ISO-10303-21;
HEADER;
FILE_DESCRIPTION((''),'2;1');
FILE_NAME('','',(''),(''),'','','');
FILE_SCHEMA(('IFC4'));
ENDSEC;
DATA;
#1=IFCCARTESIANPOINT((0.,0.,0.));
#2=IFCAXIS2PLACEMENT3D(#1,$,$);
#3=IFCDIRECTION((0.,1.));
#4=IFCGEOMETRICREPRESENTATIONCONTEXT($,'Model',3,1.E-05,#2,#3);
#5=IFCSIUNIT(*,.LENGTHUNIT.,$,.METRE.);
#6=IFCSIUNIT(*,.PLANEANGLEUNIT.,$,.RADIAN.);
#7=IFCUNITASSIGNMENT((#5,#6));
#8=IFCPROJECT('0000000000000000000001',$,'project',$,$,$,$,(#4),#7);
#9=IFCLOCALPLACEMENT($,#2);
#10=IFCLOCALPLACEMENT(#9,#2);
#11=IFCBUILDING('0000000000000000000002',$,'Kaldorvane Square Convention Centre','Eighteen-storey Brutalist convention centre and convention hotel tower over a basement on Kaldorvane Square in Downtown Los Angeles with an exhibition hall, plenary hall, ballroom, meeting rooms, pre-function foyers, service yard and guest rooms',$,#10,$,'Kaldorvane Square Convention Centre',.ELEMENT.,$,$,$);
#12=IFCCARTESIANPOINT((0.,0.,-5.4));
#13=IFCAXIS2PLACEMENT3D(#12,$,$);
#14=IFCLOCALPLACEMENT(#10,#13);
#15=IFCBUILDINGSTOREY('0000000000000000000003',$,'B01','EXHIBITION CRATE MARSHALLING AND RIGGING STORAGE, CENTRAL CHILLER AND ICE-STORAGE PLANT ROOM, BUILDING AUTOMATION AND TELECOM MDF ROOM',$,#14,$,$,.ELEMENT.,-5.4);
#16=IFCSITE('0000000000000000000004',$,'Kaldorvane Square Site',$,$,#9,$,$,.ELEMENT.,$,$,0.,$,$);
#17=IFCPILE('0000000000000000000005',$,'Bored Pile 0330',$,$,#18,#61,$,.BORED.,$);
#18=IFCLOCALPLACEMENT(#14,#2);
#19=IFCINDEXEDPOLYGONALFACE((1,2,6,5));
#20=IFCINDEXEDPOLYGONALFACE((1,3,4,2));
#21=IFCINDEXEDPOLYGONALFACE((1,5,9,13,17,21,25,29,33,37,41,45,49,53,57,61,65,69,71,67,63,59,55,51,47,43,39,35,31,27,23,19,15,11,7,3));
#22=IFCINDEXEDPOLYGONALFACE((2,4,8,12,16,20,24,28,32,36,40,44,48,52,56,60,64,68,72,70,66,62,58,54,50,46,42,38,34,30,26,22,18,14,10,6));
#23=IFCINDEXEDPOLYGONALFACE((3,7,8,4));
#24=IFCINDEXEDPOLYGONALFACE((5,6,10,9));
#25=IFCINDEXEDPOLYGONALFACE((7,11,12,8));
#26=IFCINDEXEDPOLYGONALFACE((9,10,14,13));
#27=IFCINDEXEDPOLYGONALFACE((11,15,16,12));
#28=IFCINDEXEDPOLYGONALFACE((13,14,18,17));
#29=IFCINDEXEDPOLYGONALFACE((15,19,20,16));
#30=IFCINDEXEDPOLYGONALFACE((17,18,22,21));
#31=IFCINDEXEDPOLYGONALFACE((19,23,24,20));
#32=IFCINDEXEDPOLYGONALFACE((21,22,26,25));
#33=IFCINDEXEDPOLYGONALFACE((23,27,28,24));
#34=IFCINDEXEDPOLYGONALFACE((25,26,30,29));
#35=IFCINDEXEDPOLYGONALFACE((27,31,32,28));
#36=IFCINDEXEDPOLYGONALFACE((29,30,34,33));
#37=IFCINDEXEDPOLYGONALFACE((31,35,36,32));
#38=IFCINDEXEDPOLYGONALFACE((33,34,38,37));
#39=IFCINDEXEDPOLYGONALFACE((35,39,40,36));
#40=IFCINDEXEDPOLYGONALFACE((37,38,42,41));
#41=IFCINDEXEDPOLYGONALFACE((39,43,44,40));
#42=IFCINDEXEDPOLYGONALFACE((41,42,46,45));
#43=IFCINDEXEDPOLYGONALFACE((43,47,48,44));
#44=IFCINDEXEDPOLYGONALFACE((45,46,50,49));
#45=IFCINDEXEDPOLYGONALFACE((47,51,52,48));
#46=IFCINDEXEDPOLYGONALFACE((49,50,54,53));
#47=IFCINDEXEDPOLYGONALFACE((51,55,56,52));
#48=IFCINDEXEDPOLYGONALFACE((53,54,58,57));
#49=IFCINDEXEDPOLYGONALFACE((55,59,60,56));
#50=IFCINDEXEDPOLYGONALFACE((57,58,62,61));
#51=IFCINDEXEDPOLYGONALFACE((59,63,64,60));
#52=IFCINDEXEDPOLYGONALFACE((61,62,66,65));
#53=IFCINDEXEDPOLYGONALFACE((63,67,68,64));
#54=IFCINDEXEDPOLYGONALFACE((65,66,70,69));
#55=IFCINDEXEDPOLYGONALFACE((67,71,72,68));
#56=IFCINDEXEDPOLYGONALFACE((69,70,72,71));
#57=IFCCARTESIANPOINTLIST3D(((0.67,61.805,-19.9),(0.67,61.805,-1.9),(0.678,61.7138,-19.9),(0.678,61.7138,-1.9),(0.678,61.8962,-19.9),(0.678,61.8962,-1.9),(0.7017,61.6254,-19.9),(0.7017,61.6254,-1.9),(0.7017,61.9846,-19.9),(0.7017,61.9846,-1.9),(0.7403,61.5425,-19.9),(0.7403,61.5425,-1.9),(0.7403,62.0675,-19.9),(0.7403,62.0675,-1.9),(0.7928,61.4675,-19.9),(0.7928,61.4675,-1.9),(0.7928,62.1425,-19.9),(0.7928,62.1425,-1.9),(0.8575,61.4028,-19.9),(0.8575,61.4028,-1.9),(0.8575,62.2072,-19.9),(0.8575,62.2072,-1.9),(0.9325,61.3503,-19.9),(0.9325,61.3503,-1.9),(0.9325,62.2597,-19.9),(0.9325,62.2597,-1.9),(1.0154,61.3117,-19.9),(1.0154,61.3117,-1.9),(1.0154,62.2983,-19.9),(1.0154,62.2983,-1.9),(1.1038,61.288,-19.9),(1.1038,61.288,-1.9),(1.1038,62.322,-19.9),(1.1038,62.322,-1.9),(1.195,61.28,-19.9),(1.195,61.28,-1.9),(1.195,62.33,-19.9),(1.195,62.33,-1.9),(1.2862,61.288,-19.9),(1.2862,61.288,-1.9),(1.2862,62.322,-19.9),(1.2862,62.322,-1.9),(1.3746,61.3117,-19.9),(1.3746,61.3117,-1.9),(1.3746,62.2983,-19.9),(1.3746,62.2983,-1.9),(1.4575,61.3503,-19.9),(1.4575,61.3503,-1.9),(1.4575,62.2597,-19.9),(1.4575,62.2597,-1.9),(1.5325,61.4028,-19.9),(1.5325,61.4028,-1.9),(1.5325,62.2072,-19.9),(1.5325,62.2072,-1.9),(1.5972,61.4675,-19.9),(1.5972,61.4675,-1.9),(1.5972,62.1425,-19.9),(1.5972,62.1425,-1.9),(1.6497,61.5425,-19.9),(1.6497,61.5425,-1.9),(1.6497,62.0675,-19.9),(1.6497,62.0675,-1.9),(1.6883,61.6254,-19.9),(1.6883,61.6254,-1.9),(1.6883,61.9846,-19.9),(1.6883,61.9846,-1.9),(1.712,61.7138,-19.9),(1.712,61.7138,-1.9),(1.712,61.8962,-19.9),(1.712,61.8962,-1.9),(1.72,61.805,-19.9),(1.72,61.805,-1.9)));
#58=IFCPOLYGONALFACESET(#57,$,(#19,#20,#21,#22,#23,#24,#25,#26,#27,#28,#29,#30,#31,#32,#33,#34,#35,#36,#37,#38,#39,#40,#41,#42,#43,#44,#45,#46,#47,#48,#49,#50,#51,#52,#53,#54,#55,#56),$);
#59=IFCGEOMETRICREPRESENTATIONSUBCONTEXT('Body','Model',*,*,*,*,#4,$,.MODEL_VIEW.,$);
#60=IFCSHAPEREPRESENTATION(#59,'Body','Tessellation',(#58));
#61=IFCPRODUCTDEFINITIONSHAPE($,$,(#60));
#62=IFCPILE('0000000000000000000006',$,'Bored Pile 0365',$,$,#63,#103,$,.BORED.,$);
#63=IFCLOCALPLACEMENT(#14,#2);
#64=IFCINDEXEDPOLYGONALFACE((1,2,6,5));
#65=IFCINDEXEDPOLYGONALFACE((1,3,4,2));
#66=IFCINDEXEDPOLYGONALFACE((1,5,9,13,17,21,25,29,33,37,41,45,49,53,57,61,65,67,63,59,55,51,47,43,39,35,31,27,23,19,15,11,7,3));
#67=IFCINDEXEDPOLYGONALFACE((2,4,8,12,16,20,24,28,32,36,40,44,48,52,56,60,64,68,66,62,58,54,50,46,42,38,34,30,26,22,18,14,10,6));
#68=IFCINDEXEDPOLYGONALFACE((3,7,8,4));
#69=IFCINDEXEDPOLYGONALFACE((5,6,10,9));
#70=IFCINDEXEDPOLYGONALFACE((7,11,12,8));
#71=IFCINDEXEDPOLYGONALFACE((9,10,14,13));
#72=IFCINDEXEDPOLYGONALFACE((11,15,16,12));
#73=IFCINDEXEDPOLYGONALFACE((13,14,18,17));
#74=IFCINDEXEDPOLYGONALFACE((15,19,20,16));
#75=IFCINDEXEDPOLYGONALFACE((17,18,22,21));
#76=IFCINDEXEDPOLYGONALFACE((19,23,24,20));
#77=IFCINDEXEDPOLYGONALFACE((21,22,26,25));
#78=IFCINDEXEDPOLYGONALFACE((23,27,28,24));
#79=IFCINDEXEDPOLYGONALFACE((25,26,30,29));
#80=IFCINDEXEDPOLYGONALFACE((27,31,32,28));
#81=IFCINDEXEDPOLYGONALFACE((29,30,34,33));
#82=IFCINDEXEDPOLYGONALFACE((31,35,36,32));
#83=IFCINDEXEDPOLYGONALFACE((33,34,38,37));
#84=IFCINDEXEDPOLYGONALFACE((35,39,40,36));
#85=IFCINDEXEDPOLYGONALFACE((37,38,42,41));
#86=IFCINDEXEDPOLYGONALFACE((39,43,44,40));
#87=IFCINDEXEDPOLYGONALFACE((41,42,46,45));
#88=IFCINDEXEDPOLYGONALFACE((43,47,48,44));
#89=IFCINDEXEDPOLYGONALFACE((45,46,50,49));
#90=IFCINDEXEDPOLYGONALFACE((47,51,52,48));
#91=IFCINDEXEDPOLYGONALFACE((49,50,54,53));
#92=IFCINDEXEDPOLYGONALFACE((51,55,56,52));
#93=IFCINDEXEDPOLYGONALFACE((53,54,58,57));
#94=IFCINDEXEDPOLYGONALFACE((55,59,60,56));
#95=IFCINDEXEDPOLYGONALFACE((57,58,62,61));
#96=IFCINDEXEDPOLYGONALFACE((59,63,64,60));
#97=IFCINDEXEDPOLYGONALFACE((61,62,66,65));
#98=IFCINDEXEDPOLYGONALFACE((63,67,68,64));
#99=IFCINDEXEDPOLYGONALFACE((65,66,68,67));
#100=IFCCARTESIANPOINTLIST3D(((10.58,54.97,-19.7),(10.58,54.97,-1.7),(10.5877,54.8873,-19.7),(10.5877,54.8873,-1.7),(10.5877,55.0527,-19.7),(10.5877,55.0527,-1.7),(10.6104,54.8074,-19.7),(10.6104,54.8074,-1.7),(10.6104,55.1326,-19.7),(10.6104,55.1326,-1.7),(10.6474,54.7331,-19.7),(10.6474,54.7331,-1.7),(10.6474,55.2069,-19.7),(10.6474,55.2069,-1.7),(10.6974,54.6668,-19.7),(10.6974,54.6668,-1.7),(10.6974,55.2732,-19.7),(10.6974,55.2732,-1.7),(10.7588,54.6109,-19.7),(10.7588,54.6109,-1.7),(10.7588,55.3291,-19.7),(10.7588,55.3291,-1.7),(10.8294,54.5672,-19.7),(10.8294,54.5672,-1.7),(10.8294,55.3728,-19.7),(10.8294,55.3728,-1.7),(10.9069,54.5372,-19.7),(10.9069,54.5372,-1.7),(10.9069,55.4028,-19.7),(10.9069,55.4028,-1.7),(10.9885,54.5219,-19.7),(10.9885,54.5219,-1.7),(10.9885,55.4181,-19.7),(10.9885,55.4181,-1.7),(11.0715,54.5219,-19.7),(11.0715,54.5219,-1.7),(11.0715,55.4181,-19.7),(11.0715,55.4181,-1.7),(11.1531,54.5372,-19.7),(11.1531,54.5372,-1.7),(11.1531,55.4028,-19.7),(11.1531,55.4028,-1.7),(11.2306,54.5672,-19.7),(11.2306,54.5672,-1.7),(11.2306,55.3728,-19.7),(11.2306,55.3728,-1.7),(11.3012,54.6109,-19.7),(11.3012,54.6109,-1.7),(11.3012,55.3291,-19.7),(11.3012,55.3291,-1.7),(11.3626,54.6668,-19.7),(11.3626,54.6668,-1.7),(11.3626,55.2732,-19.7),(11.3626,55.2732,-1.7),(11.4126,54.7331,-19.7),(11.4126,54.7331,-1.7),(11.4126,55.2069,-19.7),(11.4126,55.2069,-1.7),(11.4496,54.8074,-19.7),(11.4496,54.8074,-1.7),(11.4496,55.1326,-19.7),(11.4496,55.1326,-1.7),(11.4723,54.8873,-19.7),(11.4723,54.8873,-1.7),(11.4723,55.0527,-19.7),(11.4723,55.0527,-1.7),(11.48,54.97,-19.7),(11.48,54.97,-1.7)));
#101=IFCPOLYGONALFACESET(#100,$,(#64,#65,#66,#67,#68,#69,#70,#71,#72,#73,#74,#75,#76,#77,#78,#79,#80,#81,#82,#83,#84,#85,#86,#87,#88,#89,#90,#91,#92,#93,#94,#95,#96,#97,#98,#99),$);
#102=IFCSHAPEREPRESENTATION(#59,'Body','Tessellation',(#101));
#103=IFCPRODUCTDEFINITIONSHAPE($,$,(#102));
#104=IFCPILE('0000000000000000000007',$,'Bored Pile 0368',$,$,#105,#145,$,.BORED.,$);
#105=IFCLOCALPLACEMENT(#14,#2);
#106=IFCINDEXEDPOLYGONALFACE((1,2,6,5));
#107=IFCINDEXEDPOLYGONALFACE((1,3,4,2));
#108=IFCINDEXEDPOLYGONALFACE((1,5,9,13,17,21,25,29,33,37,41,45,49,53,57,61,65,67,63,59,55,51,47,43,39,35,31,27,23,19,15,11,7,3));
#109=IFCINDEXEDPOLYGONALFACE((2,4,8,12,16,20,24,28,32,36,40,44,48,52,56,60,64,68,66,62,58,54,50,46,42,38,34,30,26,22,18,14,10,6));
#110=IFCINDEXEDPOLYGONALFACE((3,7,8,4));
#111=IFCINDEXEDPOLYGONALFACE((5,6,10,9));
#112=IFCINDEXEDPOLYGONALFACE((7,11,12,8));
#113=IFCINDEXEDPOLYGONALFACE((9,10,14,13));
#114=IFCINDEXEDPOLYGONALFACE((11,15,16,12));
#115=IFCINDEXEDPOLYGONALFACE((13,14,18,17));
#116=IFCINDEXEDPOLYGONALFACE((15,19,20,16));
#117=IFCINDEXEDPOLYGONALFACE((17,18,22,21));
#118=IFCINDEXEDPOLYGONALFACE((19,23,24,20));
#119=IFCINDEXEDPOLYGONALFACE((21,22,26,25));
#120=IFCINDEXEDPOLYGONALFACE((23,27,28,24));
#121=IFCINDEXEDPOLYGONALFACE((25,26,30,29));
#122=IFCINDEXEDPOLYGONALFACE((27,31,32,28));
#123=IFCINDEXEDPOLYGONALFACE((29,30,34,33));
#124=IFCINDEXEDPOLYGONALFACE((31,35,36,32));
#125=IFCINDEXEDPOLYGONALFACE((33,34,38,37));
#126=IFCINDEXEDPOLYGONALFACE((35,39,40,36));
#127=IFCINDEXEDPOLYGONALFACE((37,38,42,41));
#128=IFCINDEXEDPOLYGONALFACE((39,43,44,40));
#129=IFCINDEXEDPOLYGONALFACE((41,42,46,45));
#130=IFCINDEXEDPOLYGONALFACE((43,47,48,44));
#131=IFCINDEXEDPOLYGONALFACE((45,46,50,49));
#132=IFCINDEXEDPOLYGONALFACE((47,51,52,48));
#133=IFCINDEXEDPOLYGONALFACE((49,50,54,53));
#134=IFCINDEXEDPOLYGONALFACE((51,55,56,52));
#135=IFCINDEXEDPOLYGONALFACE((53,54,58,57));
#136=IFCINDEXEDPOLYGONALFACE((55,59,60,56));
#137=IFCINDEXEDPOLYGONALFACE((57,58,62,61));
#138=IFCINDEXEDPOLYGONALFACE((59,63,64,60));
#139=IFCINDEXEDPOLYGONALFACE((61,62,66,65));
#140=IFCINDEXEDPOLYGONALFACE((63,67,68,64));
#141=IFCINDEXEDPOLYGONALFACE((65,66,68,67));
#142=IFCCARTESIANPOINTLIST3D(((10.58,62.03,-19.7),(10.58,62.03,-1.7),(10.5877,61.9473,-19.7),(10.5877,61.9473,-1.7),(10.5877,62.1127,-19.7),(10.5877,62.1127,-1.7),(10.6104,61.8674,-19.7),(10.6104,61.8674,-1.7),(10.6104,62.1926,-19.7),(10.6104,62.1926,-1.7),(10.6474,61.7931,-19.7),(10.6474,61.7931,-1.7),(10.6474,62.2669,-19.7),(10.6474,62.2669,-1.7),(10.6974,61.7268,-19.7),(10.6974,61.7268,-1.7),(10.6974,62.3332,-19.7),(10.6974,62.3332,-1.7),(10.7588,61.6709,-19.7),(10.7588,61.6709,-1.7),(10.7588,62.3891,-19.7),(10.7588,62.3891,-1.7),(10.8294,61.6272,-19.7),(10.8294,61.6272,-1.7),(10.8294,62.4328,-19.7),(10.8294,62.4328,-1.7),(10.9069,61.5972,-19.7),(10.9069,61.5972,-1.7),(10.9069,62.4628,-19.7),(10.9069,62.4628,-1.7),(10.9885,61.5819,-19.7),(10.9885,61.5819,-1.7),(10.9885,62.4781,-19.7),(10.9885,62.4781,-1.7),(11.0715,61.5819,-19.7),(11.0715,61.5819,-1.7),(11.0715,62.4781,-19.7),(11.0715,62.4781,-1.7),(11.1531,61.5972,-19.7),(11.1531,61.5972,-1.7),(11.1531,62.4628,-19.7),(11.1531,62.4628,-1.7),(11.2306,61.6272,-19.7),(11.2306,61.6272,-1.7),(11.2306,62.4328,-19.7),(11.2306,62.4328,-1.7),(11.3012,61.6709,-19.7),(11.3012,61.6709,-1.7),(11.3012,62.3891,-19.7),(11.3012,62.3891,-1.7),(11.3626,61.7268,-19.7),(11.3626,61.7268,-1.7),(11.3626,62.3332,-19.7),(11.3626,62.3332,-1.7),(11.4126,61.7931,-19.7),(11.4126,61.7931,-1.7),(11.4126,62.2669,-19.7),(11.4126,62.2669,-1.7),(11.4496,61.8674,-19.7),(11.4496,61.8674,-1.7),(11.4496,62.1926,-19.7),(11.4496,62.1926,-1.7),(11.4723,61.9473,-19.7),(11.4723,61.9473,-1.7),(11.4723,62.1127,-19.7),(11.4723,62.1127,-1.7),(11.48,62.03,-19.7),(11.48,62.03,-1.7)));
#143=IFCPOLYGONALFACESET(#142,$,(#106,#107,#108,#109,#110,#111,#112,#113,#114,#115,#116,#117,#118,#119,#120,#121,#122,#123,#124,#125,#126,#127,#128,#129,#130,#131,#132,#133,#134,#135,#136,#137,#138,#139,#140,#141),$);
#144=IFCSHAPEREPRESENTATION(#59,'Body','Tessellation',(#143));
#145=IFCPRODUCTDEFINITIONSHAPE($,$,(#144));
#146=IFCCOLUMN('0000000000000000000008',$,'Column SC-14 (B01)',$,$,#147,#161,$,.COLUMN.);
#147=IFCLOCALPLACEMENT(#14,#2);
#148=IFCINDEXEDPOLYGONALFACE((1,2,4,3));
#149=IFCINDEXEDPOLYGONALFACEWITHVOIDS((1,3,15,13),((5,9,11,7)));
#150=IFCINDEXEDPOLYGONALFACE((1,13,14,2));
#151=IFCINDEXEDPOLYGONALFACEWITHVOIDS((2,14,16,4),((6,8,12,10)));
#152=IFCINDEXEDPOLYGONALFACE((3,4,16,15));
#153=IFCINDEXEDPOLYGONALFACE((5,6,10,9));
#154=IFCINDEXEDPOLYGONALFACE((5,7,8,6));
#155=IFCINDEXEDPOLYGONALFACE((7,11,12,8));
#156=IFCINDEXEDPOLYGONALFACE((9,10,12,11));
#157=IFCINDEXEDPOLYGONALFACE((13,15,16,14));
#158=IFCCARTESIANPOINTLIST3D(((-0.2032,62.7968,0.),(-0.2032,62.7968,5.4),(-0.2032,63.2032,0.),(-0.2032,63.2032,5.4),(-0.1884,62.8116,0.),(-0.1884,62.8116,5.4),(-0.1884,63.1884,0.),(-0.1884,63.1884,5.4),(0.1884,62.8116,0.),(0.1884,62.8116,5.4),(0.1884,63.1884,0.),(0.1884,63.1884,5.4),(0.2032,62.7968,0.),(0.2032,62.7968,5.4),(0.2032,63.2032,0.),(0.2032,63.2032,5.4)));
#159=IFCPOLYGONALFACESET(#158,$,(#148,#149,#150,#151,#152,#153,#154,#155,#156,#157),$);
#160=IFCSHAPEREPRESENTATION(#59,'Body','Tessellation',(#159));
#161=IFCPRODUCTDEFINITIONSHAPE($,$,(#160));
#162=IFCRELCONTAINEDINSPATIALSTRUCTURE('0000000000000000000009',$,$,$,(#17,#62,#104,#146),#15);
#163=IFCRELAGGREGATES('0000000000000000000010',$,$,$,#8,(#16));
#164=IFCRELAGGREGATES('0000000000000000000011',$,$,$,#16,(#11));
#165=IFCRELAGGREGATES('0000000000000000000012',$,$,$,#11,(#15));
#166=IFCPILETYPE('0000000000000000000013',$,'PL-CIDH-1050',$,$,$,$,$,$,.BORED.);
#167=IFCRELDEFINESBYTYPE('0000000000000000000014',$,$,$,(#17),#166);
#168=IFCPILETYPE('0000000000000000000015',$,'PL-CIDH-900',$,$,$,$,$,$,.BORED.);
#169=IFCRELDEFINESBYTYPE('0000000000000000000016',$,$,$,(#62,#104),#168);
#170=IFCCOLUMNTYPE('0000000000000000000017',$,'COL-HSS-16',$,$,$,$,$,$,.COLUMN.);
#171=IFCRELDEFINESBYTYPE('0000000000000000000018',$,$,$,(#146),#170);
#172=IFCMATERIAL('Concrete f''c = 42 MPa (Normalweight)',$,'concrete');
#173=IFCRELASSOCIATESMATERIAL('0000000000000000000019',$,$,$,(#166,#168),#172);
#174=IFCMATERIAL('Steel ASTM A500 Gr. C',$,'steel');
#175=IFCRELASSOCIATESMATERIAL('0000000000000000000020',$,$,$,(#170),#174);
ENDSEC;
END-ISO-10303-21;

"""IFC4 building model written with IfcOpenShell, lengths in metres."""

from ifc_helpers import new_model, si_unit, direction, frame, origin, origin_2d, place, context, subcontext, project, spatial, hollow_rectangle, circle, extrude, material, material_profile, profile_set, type_object, element, save


model = new_model("IFC4")

# Units and contexts
model_context = context("Model", 3, precision=1e-05, world=origin(), true_north=direction((0.0, 1.0)))
body_context = subcontext(model_context, "Body", "Model", "MODEL_VIEW")
ifc_project = project(units=[si_unit("LENGTHUNIT", "METRE"), si_unit("PLANEANGLEUNIT", "RADIAN")], contexts=[model_context])

# Site, building, storey
site_placement = place(None, origin())
site = spatial("IfcSite", under=ifc_project, at=site_placement, Name="Kaldorvane Square Site", CompositionType="ELEMENT", RefElevation=0.0)
building_placement = place(site_placement, origin())
building = spatial("IfcBuilding", under=site, at=building_placement, Name="Kaldorvane Square Convention Centre", Description="Eighteen-storey Brutalist convention centre and convention hotel tower over a basement on Kaldorvane Square in Downtown Los Angeles with an exhibition hall, plenary hall, ballroom, meeting rooms, pre-function foyers, service yard and guest rooms", LongName="Kaldorvane Square Convention Centre", CompositionType="ELEMENT")
storey_placement = place(building_placement, frame((0.0, 0.0, -5.4)))
storey = spatial("IfcBuildingStorey", under=building, at=storey_placement, Name="B01", Description="EXHIBITION CRATE MARSHALLING AND RIGGING STORAGE, CENTRAL CHILLER AND ICE-STORAGE PLANT ROOM, BUILDING AUTOMATION AND TELECOM MDF ROOM", CompositionType="ELEMENT", Elevation=-5.4)

# Shared definitions
ifc_material_1 = material(Name="Concrete f'c = 42 MPa (Normalweight)", Category="concrete")

# Piles
ifc_material_profile_1 = material_profile(ifc_material_1, circle(Radius=0.525, at=origin_2d()), Name="PILE-D1050")
ifc_profile_set_1 = profile_set([ifc_material_profile_1], Name="Concrete f'c = 42 MPa (Normalweight)")
pile_type_1 = type_object("IfcPileType", Name="PL-CIDH-1050", PredefinedType="BORED", material=ifc_profile_set_1)
for number, where, z_axis, x_axis, name in (
    (1, (1.195, 61.805, -1.9), (0.0, 0.0, -1.0), (1.0, 0.0, 0.0), "Bored Pile 0330"),
):
    element("IfcPile", number, at=place(storey_placement, frame(where, z_axis=z_axis, x_axis=x_axis)), inside=storey, type_object=pile_type_1, Name=name, PredefinedType="BORED", context=body_context, shape_type="SweptSolid", body=[
        extrude(circle(Radius=0.525, at=origin_2d()), origin(), (0.0, 0.0, 1.0), 18.0),
    ])
ifc_material_profile_2 = material_profile(ifc_material_1, circle(Radius=0.45, at=origin_2d()), Name="PILE-D900")
ifc_profile_set_2 = profile_set([ifc_material_profile_2], Name="Concrete f'c = 42 MPa (Normalweight)")
pile_type_2 = type_object("IfcPileType", Name="PL-CIDH-900", PredefinedType="BORED", material=ifc_profile_set_2)
for number, where, z_axis, x_axis, name in (
    (2, (11.03, 54.97, -1.7), (0.0, 0.0, -1.0), (1.0, 0.0, 0.0), "Bored Pile 0365"),
    (3, (11.03, 62.03, -1.7), (0.0, 0.0, -1.0), (1.0, 0.0, 0.0), "Bored Pile 0368"),
):
    element("IfcPile", number, at=place(storey_placement, frame(where, z_axis=z_axis, x_axis=x_axis)), inside=storey, type_object=pile_type_2, Name=name, PredefinedType="BORED", context=body_context, shape_type="SweptSolid", body=[
        extrude(circle(Radius=0.45, at=origin_2d()), origin(), (0.0, 0.0, 1.0), 18.0),
    ])

# Column
ifc_material_2 = material(Name="Steel ASTM A500 Gr. C", Category="steel")
ifc_material_profile_3 = material_profile(ifc_material_2, hollow_rectangle(XDim=0.4064, YDim=0.4064, WallThickness=0.0148, at=origin_2d()), Name="HSS16X16X5/8")
ifc_profile_set_3 = profile_set([ifc_material_profile_3], Name="Steel ASTM A500 Gr. C")
column_type_1 = type_object("IfcColumnType", Name="COL-HSS-16", PredefinedType="COLUMN", material=ifc_profile_set_3)
column_placement = place(storey_placement, frame((0.0, 63.0, 0.0), z_axis=(0.0, 0.0, 1.0), x_axis=(1.0, 0.0, 0.0)))
element("IfcColumn", 4, at=column_placement, inside=storey, type_object=column_type_1, Name="Column SC-14 (B01)", PredefinedType="COLUMN", context=body_context, shape_type="SweptSolid", body=[
    extrude(hollow_rectangle(XDim=0.4064, YDim=0.4064, WallThickness=0.0148, at=origin_2d()), origin(), (0.0, 0.0, 1.0), 5.4),
])

save(model, "model.ifc")
